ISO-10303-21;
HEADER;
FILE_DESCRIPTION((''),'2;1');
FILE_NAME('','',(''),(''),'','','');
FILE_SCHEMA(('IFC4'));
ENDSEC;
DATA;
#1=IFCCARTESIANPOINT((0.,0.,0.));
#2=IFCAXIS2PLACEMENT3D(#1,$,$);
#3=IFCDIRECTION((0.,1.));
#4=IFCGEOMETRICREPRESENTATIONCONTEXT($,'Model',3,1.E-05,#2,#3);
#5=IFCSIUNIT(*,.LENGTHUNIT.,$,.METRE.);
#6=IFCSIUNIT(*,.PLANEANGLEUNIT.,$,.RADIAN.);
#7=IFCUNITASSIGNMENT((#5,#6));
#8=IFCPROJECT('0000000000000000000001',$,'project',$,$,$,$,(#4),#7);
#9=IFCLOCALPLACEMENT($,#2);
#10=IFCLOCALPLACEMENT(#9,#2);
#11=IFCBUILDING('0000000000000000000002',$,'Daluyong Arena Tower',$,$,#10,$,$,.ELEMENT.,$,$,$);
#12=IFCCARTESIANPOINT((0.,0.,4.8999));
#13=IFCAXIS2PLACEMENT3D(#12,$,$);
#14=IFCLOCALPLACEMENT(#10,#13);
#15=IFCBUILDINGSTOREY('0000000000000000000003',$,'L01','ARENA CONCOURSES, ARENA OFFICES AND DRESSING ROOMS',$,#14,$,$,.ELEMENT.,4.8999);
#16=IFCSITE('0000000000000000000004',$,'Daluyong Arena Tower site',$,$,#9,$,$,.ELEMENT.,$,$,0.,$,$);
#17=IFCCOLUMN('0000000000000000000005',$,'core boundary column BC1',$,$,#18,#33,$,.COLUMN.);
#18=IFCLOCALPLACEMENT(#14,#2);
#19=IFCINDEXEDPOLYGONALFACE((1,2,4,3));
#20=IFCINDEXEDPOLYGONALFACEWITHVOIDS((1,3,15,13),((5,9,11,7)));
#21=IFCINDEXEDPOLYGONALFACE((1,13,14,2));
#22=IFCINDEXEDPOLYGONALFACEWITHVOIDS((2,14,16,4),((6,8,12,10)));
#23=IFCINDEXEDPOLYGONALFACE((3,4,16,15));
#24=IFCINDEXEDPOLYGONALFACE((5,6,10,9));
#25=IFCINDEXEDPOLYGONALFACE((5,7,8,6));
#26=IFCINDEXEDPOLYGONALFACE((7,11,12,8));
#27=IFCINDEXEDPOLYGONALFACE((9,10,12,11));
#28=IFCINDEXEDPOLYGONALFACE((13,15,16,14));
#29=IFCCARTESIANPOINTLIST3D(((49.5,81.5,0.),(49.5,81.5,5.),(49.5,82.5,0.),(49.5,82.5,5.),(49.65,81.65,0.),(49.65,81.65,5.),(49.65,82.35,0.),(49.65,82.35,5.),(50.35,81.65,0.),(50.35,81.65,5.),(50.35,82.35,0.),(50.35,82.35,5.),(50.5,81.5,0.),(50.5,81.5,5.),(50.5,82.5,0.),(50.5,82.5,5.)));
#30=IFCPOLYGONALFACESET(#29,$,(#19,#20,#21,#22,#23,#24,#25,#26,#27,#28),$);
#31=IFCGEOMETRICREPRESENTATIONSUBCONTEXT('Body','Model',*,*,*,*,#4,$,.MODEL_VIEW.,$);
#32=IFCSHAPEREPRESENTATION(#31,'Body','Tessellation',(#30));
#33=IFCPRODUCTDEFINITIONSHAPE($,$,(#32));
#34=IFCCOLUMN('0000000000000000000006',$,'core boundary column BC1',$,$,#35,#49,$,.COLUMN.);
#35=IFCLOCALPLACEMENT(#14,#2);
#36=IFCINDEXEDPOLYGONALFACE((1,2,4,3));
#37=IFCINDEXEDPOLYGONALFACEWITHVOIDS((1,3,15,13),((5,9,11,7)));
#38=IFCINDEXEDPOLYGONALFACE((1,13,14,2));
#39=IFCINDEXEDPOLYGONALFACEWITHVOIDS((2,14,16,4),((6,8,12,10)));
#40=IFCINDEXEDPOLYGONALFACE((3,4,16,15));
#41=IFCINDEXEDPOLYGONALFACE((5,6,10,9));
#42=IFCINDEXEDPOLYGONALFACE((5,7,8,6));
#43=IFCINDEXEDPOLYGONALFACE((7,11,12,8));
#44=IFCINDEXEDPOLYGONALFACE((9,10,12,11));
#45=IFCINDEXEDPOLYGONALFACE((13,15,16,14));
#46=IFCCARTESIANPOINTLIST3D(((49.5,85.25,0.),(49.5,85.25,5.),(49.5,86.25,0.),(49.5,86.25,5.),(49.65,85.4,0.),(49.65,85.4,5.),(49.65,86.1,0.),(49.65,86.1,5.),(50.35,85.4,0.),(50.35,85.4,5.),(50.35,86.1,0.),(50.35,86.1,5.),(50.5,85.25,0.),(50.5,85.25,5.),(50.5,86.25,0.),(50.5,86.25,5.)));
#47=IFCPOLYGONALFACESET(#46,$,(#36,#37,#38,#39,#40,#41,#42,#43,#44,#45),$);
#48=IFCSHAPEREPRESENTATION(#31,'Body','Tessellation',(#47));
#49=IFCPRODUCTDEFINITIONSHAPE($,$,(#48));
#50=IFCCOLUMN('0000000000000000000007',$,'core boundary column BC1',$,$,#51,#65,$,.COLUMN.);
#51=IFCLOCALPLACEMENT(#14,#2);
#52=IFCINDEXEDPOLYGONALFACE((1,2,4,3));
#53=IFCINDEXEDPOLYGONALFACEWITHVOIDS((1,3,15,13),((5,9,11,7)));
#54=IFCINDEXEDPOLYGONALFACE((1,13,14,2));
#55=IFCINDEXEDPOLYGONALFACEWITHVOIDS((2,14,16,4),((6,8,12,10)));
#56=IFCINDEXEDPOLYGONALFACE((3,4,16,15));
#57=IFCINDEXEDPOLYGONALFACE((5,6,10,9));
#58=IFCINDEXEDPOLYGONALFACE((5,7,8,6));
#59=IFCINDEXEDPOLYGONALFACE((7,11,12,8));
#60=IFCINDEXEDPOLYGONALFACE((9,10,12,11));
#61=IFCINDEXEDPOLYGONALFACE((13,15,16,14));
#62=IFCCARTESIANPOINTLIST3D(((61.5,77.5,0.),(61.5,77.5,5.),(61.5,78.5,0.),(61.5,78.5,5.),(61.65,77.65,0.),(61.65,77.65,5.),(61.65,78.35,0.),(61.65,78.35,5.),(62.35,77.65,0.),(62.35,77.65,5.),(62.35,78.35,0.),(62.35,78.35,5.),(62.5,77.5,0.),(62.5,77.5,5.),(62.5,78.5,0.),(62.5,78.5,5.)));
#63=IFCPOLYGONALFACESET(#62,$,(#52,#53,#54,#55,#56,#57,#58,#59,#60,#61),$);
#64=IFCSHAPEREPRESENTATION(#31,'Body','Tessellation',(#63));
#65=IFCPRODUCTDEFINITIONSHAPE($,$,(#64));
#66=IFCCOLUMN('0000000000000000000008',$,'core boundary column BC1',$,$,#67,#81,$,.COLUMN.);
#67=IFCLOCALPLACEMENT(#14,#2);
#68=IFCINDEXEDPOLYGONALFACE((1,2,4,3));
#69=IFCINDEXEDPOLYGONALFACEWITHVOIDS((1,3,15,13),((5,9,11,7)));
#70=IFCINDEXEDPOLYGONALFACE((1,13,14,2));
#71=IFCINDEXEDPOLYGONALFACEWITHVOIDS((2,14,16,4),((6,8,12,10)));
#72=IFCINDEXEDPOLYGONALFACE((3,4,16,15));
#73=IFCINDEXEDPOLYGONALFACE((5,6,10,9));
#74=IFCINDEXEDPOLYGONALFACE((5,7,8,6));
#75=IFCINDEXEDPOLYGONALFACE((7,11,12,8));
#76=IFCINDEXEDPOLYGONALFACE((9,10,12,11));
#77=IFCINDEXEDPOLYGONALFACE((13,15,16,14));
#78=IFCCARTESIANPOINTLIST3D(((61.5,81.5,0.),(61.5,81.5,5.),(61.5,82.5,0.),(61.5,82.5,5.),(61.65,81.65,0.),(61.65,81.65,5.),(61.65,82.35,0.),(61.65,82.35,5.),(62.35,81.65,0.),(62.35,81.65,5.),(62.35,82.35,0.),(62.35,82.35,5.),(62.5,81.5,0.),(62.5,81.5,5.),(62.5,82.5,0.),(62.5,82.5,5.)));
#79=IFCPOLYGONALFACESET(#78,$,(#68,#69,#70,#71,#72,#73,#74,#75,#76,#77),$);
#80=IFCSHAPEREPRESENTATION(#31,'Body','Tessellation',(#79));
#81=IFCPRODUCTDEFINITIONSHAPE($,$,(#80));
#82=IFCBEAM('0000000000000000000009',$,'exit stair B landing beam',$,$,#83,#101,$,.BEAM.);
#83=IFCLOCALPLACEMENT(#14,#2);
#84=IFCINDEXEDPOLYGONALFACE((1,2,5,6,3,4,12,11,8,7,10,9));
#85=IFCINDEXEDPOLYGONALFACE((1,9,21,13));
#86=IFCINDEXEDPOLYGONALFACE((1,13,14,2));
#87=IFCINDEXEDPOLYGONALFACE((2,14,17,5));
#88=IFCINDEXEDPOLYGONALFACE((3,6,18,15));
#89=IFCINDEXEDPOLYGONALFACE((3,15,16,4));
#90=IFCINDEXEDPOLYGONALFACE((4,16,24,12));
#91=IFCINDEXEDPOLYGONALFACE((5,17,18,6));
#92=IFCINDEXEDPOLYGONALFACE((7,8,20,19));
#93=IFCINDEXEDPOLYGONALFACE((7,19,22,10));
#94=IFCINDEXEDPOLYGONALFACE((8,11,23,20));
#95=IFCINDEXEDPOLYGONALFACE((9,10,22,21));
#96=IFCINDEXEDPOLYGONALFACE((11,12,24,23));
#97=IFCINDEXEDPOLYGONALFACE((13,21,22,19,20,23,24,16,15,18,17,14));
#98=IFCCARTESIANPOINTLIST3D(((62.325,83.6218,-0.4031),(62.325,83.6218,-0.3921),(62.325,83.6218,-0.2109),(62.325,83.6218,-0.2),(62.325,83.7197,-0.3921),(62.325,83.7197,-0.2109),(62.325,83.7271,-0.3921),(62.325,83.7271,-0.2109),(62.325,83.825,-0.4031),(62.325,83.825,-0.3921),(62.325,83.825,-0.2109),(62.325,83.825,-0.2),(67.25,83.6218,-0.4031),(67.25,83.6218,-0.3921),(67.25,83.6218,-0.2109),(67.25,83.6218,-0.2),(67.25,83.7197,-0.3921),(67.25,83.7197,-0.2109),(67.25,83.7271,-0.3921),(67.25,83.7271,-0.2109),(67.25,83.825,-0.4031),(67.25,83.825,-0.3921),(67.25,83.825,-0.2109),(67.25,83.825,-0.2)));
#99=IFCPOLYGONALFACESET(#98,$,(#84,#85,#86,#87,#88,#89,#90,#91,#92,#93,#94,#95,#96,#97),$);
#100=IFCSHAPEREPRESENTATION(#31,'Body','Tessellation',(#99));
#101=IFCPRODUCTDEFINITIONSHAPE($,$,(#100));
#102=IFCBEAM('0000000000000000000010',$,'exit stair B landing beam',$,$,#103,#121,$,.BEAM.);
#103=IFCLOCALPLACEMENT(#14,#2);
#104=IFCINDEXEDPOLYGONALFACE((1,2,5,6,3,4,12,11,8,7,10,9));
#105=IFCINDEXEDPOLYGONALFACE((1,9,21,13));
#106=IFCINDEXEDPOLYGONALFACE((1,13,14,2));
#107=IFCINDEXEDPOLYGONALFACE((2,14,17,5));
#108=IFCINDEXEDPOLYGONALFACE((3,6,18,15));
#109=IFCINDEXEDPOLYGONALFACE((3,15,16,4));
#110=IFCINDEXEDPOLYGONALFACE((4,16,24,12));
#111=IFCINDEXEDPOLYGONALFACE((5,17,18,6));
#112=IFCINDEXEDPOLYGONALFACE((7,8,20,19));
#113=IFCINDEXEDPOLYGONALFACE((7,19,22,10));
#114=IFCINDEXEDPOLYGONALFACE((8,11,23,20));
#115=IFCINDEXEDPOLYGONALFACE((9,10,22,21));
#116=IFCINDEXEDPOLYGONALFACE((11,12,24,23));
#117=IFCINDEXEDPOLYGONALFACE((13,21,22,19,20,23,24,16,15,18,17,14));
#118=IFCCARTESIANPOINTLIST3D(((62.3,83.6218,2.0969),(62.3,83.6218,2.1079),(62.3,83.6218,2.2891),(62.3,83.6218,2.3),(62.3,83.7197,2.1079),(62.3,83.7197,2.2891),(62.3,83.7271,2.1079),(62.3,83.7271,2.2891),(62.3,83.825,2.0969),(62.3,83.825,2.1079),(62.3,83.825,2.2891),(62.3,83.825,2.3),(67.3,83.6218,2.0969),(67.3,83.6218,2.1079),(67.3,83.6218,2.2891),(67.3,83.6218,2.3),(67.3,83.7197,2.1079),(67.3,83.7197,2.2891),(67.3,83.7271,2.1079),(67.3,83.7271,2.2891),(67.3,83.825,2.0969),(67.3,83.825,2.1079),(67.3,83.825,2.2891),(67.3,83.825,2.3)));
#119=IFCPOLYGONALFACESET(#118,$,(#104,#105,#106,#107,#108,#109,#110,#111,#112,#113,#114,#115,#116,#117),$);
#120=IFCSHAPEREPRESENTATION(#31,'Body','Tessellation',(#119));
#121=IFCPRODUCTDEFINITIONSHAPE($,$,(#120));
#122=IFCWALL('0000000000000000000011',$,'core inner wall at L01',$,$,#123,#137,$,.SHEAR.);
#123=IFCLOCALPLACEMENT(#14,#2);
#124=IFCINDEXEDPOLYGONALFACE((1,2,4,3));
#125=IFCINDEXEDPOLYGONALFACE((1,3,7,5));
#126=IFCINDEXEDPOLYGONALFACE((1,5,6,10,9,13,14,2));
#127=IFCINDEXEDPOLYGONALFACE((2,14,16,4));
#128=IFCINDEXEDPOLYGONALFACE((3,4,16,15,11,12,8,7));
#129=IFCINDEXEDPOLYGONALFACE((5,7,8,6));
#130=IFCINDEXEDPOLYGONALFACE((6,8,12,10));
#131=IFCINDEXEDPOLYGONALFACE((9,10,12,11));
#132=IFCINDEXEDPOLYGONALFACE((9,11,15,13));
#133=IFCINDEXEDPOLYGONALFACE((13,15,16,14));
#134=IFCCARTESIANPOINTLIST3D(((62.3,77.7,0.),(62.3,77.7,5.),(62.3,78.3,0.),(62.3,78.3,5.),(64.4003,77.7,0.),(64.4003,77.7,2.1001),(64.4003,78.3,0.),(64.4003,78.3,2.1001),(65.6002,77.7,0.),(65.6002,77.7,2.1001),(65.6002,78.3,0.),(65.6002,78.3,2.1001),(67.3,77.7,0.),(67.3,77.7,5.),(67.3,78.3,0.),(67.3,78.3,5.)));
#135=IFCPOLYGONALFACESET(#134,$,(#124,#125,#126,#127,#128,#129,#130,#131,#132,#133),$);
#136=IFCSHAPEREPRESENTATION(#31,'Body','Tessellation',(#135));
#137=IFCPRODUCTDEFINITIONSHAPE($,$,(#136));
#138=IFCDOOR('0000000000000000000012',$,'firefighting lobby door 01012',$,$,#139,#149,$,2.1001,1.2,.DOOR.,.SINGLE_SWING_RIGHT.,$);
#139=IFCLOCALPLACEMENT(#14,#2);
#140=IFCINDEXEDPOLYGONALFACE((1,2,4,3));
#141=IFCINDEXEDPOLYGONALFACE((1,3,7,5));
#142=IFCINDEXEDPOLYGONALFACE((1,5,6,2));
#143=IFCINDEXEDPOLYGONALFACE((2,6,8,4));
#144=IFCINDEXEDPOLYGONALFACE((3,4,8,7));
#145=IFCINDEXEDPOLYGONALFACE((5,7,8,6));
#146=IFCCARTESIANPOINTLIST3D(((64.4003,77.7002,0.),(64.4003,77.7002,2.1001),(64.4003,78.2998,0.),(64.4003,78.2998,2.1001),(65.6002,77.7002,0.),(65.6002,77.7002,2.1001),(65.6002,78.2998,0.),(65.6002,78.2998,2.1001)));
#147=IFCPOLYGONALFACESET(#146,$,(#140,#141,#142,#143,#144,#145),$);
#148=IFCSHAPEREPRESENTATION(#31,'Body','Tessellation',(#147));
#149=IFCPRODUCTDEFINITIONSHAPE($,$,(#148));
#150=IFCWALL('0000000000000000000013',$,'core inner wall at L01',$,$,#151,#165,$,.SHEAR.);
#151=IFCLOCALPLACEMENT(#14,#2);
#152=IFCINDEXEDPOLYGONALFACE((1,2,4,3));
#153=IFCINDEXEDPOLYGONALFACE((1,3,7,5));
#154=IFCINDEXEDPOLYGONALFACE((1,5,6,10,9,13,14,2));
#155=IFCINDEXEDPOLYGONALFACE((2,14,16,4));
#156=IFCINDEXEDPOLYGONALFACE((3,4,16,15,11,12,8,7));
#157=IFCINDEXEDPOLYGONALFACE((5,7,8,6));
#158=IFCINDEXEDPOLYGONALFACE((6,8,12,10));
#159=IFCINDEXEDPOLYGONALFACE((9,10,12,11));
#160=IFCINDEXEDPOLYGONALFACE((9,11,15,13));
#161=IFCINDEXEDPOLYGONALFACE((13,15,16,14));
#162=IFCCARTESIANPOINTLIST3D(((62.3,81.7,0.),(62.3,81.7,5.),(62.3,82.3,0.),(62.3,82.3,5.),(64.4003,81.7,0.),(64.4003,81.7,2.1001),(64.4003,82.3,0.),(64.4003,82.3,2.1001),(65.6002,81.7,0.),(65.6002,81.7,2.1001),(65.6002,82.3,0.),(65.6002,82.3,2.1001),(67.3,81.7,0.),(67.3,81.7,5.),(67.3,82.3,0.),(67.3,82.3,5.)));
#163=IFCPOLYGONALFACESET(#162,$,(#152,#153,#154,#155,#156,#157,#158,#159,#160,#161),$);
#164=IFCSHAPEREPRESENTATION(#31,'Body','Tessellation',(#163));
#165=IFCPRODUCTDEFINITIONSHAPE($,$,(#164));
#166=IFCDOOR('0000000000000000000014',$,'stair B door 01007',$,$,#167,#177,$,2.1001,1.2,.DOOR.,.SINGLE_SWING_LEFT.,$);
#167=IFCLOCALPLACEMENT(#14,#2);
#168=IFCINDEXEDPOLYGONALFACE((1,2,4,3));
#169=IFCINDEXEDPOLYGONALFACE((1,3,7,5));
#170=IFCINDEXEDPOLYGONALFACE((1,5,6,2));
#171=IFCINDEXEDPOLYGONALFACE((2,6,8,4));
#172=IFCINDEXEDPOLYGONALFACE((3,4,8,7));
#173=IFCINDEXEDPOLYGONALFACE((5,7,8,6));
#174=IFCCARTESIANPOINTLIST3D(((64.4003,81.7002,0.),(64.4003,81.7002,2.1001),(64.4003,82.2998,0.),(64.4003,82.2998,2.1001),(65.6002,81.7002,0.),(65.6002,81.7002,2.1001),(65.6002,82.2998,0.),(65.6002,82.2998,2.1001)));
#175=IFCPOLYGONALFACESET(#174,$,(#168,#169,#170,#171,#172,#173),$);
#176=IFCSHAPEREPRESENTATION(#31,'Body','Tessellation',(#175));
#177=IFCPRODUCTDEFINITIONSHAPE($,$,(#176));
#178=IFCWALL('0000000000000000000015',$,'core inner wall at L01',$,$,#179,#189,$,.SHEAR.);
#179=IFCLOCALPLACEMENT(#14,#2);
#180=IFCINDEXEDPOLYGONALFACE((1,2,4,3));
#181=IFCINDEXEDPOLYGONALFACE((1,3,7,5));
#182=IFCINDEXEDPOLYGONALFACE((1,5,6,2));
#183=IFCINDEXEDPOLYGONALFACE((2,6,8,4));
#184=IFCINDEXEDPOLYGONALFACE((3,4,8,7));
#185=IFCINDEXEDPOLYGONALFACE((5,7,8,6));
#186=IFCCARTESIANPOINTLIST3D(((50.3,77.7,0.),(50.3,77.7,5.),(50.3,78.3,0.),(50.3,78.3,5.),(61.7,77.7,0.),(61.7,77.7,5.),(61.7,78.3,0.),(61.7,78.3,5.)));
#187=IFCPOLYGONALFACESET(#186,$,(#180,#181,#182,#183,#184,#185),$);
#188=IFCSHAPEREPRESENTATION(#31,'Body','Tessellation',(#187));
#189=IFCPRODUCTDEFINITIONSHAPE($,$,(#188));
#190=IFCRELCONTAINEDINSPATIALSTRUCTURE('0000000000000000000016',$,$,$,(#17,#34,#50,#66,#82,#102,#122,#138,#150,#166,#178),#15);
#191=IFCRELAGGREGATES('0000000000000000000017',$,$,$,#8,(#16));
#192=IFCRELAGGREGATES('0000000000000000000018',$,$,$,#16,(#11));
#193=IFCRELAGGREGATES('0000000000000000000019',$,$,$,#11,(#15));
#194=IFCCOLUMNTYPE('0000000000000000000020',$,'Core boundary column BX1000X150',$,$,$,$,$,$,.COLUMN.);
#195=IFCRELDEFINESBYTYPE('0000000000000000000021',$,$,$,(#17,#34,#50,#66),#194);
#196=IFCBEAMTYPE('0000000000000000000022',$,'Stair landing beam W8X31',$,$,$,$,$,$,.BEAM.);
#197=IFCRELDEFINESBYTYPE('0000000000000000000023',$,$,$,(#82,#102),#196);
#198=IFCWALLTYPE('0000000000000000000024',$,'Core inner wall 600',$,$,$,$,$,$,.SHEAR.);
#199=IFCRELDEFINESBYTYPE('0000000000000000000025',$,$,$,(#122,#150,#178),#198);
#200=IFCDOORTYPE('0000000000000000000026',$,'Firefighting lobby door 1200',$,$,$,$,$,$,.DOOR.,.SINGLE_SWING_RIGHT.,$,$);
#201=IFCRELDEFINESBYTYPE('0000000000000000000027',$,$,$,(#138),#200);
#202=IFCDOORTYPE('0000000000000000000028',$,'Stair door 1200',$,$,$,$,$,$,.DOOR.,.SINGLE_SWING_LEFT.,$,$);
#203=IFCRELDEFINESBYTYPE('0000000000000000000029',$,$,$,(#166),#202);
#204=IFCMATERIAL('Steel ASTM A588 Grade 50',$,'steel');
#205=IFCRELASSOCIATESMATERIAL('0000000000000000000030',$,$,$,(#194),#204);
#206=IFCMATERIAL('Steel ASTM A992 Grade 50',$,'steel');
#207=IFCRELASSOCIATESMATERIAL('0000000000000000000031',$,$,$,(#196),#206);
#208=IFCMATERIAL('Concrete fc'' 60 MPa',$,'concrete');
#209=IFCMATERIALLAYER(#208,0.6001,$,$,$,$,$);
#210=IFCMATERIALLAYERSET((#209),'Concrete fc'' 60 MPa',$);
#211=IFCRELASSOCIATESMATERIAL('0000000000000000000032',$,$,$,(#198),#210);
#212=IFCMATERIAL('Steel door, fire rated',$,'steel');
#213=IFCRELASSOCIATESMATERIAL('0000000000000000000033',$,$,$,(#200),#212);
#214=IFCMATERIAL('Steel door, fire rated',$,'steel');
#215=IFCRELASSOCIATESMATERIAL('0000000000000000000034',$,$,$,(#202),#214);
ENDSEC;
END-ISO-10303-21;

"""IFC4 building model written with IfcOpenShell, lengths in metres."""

from ifc_helpers import new_model, si_unit, direction, frame, frame_2d, origin, origin_2d, place, context, subcontext, project, spatial, rectangle, hollow_rectangle, i_section, extrude, material, layer, layer_set, material_profile, profile_set, type_object, element, fill, save


model = new_model("IFC4")

# Units and contexts
model_context = context("Model", 3, precision=1e-05, world=origin(), true_north=direction((0.0, 1.0)))
body_context = subcontext(model_context, "Body", "Model", "MODEL_VIEW")
ifc_project = project(units=[si_unit("LENGTHUNIT", "METRE"), si_unit("PLANEANGLEUNIT", "RADIAN")], contexts=[model_context])

# Site, building, storey
site_placement = place(None, origin())
site = spatial("IfcSite", under=ifc_project, at=site_placement, Name="Daluyong Arena Tower site", CompositionType="ELEMENT", RefElevation=0.0)
building_placement = place(site_placement, origin())
building = spatial("IfcBuilding", under=site, at=building_placement, Name="Daluyong Arena Tower", CompositionType="ELEMENT")
storey_placement = place(building_placement, frame((0.0, 0.0, 4.8999)))
storey = spatial("IfcBuildingStorey", under=building, at=storey_placement, Name="L01", Description="ARENA CONCOURSES, ARENA OFFICES AND DRESSING ROOMS", CompositionType="ELEMENT", Elevation=4.8999)

# Columns
ifc_material_1 = material(Name="Steel ASTM A588 Grade 50", Category="steel")
ifc_material_profile_1 = material_profile(ifc_material_1, hollow_rectangle(XDim=1.0, YDim=1.0, WallThickness=0.15, at=origin_2d()))
ifc_profile_set_1 = profile_set([ifc_material_profile_1], Name="Steel ASTM A588 Grade 50")
column_type = type_object("IfcColumnType", Name="Core boundary column BX1000X150", PredefinedType="COLUMN", material=ifc_profile_set_1)
for number, where, z_axis, x_axis, name in (
    (1, (50.0, 82.0, 0.0), (0.0, 0.0, 1.0), (1.0, 0.0, 0.0), "core boundary column BC1"),
    (2, (50.0, 85.75, 0.0), (0.0, 0.0, 1.0), (1.0, 0.0, 0.0), "core boundary column BC1"),
    (3, (62.0, 78.0, 0.0), (0.0, 0.0, 1.0), (1.0, 0.0, 0.0), "core boundary column BC1"),
    (4, (62.0, 82.0, 0.0), (0.0, 0.0, 1.0), (1.0, 0.0, 0.0), "core boundary column BC1"),
):
    element("IfcColumn", number, at=place(storey_placement, frame(where, z_axis=z_axis, x_axis=x_axis)), inside=storey, type_object=column_type, Name=name, PredefinedType="COLUMN", context=body_context, shape_type="SweptSolid", body=[
        extrude(hollow_rectangle(XDim=1.0, YDim=1.0, WallThickness=0.15, at=origin_2d()), origin(), (0.0, 0.0, 1.0), 5.0),
    ])

# Beams
ifc_material_2 = material(Name="Steel ASTM A992 Grade 50", Category="steel")
ifc_material_profile_2 = material_profile(ifc_material_2, i_section(OverallWidth=0.2031, OverallDepth=0.2031, WebThickness=0.0073, FlangeThickness=0.011, at=origin_2d()))
ifc_profile_set_2 = profile_set([ifc_material_profile_2], Name="Steel ASTM A992 Grade 50")
beam_type = type_object("IfcBeamType", Name="Stair landing beam W8X31", PredefinedType="BEAM", material=ifc_profile_set_2)
beam_1_placement = place(storey_placement, frame((62.325, 83.7234, -0.3015), z_axis=(1.0, 0.0, 0.0), x_axis=(0.0, 1.0, 0.0)))
element("IfcBeam", 5, at=beam_1_placement, inside=storey, type_object=beam_type, Name="exit stair B landing beam", PredefinedType="BEAM", context=body_context, shape_type="SweptSolid", body=[
    extrude(i_section(OverallWidth=0.2031, OverallDepth=0.2031, WebThickness=0.0073, FlangeThickness=0.011, at=origin_2d()), origin(), (0.0, 0.0, 1.0), 4.925),
])
beam_2_placement = place(storey_placement, frame((62.3, 83.7234, 2.1985), z_axis=(1.0, 0.0, 0.0), x_axis=(0.0, 1.0, 0.0)))
element("IfcBeam", 6, at=beam_2_placement, inside=storey, type_object=beam_type, Name="exit stair B landing beam", PredefinedType="BEAM", context=body_context, shape_type="SweptSolid", body=[
    extrude(i_section(OverallWidth=0.2031, OverallDepth=0.2031, WebThickness=0.0073, FlangeThickness=0.011, at=origin_2d()), origin(), (0.0, 0.0, 1.0), 5.0),
])

# Walls, openings, doors
ifc_material_3 = material(Name="Concrete fc' 60 MPa", Category="concrete")
ifc_layer_1 = layer(ifc_material_3, 0.6001)
ifc_layer_set_1 = layer_set([ifc_layer_1], Name="Concrete fc' 60 MPa")
wall_type_1 = type_object("IfcWallType", Name="Core inner wall 600", PredefinedType="SHEAR", material=ifc_layer_set_1)
wall_1_placement = place(storey_placement, frame((62.3, 78.0, 0.0), z_axis=(0.0, 0.0, 1.0), x_axis=(1.0, 0.0, 0.0)))
wall_1 = element("IfcWall", 7, at=wall_1_placement, inside=storey, type_object=wall_type_1, Name="core inner wall at L01", PredefinedType="SHEAR", context=body_context, shape_type="SweptSolid", body=[
    extrude(rectangle(XDim=5.0, YDim=0.6001, at=frame_2d((2.5, 0.0))), origin(), (0.0, 0.0, 1.0), 5.0),
])
opening_1_placement = place(wall_1_placement, frame((2.1001, 0.0, 0.0)))
opening_1 = element("IfcOpeningElement", 8, at=opening_1_placement, cuts=wall_1, PredefinedType="OPENING", context=body_context, shape_type="SweptSolid", body=[
    extrude(rectangle(XDim=1.2, YDim=2.1001, at=frame_2d((0.6001, 1.05))), frame((0.0, 0.3101, 0.0), z_axis=(0.0, -1.0, 0.0), x_axis=(1.0, 0.0, 0.0)), (0.0, 0.0, 1.0), 0.6201),
])
ifc_material_4 = material(Name="Steel door, fire rated", Category="steel")
door_type_1 = type_object("IfcDoorType", Name="Firefighting lobby door 1200", OperationType="SINGLE_SWING_RIGHT", PredefinedType="DOOR", material=ifc_material_4)
door_1_placement = place(opening_1_placement, origin())
door_1 = element("IfcDoor", 9, at=door_1_placement, inside=storey, type_object=door_type_1, Name="firefighting lobby door 01012", OperationType="SINGLE_SWING_RIGHT", OverallHeight=2.1001, OverallWidth=1.2, PredefinedType="DOOR", context=body_context, shape_type="SweptSolid", body=[
    extrude(rectangle(XDim=1.2, YDim=2.1001, at=frame_2d((0.6001, 1.05))), frame((0.0, 0.2998, 0.0), z_axis=(0.0, -1.0, 0.0), x_axis=(1.0, 0.0, 0.0)), (0.0, 0.0, 1.0), 0.5996),
])
fill(opening_1, door_1)
wall_2_placement = place(storey_placement, frame((62.3, 82.0, 0.0), z_axis=(0.0, 0.0, 1.0), x_axis=(1.0, 0.0, 0.0)))
wall_2 = element("IfcWall", 10, at=wall_2_placement, inside=storey, type_object=wall_type_1, Name="core inner wall at L01", PredefinedType="SHEAR", context=body_context, shape_type="SweptSolid", body=[
    extrude(rectangle(XDim=5.0, YDim=0.6001, at=frame_2d((2.5, 0.0))), origin(), (0.0, 0.0, 1.0), 5.0),
])
opening_2_placement = place(wall_2_placement, frame((2.1001, 0.0, 0.0)))
opening_2 = element("IfcOpeningElement", 11, at=opening_2_placement, cuts=wall_2, PredefinedType="OPENING", context=body_context, shape_type="SweptSolid", body=[
    extrude(rectangle(XDim=1.2, YDim=2.1001, at=frame_2d((0.6001, 1.05))), frame((0.0, 0.3101, 0.0), z_axis=(0.0, -1.0, 0.0), x_axis=(1.0, 0.0, 0.0)), (0.0, 0.0, 1.0), 0.6201),
])
ifc_material_5 = material(Name="Steel door, fire rated", Category="steel")
door_type_2 = type_object("IfcDoorType", Name="Stair door 1200", OperationType="SINGLE_SWING_LEFT", PredefinedType="DOOR", material=ifc_material_5)
door_2_placement = place(opening_2_placement, origin())
door_2 = element("IfcDoor", 12, at=door_2_placement, inside=storey, type_object=door_type_2, Name="stair B door 01007", OperationType="SINGLE_SWING_LEFT", OverallHeight=2.1001, OverallWidth=1.2, PredefinedType="DOOR", context=body_context, shape_type="SweptSolid", body=[
    extrude(rectangle(XDim=1.2, YDim=2.1001, at=frame_2d((0.6001, 1.05))), frame((0.0, 0.2998, 0.0), z_axis=(0.0, -1.0, 0.0), x_axis=(1.0, 0.0, 0.0)), (0.0, 0.0, 1.0), 0.5996),
])
fill(opening_2, door_2)

# Wall
for number, where, z_axis, x_axis, name in (
    (13, (50.3, 78.0, 0.0), (0.0, 0.0, 1.0), (1.0, 0.0, 0.0), "core inner wall at L01"),
):
    element("IfcWall", number, at=place(storey_placement, frame(where, z_axis=z_axis, x_axis=x_axis)), inside=storey, type_object=wall_type_1, Name=name, PredefinedType="SHEAR", context=body_context, shape_type="SweptSolid", body=[
        extrude(rectangle(XDim=11.3999, YDim=0.6001, at=frame_2d((5.7, 0.0))), origin(), (0.0, 0.0, 1.0), 5.0),
    ])

save(model, "model.ifc")
